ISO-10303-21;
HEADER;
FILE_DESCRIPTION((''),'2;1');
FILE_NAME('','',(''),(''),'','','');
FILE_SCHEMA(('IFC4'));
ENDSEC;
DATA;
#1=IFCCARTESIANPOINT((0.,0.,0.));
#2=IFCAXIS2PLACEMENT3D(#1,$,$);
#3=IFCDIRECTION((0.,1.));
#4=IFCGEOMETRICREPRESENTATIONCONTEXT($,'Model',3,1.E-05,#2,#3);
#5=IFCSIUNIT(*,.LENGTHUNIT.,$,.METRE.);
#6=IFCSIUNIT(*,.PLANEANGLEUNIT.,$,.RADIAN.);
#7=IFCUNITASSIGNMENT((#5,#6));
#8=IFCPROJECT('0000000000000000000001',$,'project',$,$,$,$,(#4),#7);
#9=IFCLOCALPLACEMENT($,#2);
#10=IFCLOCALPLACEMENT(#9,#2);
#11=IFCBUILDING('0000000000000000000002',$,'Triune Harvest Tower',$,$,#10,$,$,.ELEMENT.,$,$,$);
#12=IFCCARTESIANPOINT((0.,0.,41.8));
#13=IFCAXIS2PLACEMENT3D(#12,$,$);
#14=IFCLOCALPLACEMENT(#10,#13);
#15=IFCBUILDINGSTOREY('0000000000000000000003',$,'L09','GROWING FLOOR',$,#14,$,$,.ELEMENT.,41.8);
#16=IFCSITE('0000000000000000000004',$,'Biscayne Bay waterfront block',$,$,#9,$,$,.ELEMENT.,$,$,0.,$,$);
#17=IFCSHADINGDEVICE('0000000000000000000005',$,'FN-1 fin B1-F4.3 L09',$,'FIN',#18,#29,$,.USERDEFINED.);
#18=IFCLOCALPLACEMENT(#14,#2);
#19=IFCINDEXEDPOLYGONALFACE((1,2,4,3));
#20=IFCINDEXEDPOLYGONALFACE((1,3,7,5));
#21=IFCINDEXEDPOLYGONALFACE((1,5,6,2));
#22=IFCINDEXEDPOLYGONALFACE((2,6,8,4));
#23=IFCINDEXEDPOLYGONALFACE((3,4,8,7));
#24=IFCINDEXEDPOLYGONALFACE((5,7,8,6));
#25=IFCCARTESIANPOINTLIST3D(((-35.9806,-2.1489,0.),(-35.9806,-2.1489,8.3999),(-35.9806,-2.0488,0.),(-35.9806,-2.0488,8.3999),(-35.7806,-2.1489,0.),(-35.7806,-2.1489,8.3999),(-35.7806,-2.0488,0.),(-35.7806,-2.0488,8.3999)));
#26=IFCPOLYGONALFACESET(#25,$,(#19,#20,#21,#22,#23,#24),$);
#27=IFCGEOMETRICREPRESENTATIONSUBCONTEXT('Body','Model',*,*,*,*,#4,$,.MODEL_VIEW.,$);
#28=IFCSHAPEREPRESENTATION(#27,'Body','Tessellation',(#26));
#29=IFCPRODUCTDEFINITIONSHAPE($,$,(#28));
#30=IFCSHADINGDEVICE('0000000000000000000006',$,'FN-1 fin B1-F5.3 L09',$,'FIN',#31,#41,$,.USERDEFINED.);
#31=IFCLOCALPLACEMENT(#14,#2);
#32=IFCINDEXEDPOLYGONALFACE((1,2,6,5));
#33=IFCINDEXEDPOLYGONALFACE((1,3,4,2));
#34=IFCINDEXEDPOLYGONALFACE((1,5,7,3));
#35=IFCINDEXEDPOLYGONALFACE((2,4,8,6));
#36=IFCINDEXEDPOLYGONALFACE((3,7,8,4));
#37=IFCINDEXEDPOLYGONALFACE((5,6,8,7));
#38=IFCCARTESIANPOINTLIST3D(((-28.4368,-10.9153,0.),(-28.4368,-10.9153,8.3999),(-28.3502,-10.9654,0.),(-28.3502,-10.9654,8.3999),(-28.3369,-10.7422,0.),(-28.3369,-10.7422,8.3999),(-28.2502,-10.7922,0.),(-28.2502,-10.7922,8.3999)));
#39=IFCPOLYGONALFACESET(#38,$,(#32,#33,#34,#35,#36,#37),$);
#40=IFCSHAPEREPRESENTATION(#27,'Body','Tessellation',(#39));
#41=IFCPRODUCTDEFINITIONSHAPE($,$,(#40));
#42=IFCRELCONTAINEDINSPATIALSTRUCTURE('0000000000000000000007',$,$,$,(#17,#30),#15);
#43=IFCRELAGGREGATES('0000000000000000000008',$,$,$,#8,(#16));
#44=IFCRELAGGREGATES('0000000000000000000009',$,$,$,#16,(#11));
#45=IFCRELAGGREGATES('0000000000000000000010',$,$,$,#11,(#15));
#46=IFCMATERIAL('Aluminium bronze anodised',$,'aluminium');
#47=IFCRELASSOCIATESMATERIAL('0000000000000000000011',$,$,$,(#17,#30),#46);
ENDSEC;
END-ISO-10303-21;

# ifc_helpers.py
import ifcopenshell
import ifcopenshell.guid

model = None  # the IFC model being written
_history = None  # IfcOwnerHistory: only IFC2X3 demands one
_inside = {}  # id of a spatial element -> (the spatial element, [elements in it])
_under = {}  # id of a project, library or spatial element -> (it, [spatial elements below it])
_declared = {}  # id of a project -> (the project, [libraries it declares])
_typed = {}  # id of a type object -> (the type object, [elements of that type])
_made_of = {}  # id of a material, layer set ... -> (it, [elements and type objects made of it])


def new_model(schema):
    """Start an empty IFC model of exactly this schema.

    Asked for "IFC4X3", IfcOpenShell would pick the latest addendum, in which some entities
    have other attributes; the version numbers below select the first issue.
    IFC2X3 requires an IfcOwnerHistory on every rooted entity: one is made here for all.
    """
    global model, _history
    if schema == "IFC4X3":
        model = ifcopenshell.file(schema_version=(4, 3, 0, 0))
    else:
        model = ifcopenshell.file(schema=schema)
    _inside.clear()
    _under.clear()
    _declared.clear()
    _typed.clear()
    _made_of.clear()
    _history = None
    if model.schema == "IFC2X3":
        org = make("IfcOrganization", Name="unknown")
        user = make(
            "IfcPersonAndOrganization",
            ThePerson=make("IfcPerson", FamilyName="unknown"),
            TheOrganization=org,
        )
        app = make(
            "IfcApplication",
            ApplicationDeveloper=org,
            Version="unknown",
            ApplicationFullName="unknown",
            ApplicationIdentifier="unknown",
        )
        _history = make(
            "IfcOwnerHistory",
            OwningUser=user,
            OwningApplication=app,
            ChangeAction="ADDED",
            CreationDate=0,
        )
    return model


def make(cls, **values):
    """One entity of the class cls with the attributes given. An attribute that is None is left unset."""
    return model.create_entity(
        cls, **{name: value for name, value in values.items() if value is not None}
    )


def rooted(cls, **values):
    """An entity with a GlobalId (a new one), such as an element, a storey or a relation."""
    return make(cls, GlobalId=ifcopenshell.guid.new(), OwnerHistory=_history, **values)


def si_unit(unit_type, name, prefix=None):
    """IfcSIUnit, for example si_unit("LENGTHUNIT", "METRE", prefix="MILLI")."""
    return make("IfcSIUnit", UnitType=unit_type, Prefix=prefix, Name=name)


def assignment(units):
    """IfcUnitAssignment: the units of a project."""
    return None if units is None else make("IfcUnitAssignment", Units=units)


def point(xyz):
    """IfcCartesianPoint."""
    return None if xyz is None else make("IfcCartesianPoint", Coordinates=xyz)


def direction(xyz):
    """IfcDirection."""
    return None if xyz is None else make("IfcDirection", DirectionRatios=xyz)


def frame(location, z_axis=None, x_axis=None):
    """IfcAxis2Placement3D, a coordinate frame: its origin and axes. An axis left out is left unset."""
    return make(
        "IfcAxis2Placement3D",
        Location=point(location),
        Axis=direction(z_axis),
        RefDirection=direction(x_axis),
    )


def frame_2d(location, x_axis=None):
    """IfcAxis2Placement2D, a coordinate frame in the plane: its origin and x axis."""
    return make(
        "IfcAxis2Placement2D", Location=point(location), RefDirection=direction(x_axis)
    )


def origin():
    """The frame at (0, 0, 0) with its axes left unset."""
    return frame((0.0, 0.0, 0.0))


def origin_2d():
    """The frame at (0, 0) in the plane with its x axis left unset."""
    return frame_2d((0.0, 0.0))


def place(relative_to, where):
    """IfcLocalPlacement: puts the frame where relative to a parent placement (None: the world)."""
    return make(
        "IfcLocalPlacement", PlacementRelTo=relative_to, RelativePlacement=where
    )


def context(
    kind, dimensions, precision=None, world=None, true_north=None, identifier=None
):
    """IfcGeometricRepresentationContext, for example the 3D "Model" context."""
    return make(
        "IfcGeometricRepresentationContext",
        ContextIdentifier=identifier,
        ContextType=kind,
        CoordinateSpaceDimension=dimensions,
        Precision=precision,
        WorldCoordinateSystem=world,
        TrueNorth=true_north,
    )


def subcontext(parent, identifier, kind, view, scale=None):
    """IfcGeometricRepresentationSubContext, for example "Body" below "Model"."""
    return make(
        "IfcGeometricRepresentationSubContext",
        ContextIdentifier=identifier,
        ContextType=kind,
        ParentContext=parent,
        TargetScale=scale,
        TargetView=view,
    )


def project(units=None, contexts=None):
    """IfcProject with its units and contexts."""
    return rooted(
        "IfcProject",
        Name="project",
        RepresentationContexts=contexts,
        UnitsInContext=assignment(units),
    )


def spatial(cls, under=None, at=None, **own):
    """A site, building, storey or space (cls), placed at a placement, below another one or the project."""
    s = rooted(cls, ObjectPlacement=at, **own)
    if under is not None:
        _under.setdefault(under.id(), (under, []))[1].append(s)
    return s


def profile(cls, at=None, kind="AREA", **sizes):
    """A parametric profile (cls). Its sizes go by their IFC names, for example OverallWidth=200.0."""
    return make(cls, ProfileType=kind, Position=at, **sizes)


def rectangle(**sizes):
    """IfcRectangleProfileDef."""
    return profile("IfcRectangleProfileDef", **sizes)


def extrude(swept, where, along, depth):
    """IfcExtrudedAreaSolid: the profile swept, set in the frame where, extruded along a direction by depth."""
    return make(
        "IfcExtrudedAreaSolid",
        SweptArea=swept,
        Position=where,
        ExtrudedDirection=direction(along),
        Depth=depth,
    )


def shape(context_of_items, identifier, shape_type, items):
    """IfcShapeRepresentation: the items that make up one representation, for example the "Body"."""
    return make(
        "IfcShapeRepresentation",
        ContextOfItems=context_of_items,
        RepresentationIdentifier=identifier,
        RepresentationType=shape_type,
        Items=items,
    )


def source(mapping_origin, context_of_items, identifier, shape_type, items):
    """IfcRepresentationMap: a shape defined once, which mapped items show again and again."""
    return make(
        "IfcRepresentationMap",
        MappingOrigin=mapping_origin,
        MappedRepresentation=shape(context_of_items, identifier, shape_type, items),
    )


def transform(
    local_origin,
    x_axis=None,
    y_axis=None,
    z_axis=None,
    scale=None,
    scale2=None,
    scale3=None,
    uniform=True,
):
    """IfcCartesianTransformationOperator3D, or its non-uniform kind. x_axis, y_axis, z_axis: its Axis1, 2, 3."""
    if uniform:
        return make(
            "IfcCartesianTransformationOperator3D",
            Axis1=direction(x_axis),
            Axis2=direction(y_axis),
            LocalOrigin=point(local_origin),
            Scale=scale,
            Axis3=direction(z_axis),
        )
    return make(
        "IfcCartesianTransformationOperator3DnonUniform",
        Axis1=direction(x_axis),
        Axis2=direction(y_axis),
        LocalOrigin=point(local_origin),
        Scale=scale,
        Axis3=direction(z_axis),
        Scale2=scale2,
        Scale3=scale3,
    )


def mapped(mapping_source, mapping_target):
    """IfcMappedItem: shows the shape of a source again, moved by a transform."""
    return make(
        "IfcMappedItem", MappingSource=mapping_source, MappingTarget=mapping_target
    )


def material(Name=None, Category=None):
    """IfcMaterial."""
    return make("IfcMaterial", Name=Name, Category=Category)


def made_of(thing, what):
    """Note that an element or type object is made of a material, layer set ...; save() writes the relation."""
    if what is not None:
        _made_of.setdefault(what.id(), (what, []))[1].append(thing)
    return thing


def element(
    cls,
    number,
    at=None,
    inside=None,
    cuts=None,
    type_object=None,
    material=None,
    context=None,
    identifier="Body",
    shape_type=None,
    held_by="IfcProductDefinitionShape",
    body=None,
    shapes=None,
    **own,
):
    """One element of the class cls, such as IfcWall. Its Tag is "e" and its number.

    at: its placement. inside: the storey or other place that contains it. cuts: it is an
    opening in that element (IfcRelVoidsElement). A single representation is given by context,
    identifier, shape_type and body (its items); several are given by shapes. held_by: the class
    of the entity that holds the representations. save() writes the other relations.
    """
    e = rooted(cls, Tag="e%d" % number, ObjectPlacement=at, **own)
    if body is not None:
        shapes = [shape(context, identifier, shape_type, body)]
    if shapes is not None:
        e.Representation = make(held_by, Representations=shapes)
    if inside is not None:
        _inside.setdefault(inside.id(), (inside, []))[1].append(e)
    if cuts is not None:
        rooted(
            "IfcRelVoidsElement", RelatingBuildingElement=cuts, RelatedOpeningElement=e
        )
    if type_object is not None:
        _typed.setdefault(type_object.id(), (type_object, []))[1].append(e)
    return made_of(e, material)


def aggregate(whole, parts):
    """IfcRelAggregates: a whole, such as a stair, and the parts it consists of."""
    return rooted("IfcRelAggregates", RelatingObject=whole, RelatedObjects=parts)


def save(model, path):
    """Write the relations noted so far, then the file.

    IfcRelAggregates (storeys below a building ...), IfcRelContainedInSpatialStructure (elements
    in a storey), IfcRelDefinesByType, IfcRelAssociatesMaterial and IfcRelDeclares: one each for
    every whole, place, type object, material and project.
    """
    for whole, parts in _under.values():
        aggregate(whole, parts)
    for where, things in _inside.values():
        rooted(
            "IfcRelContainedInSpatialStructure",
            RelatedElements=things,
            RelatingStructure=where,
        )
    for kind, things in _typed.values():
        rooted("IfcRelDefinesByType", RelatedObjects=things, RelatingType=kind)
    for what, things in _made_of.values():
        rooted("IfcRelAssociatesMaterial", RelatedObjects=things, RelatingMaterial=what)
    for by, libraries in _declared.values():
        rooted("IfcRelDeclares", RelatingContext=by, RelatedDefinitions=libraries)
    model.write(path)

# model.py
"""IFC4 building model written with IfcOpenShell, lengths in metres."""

from ifc_helpers import new_model, si_unit, direction, frame, origin, origin_2d, place, context, subcontext, project, spatial, rectangle, extrude, source, transform, mapped, material, element, save


model = new_model("IFC4")

# Units and contexts
model_context = context("Model", 3, precision=1e-05, world=origin(), true_north=direction((0.0, 1.0)))
body_context = subcontext(model_context, "Body", "Model", "MODEL_VIEW")
ifc_project = project(units=[si_unit("LENGTHUNIT", "METRE"), si_unit("PLANEANGLEUNIT", "RADIAN")], contexts=[model_context])

# Site, building, storey
site_placement = place(None, origin())
site = spatial("IfcSite", under=ifc_project, at=site_placement, Name="Biscayne Bay waterfront block", CompositionType="ELEMENT", RefElevation=0.0)
building_placement = place(site_placement, origin())
building = spatial("IfcBuilding", under=site, at=building_placement, Name="Triune Harvest Tower", CompositionType="ELEMENT")
storey_placement = place(building_placement, frame((0.0, 0.0, 41.8)))
storey = spatial("IfcBuildingStorey", under=building, at=storey_placement, Name="L09", Description="GROWING FLOOR", CompositionType="ELEMENT", Elevation=41.8)

# Shading devices
ifc_material_1 = material(Name="Aluminium bronze anodised", Category="aluminium")
shared_shape_1 = source(origin(), body_context, "Body", "SweptSolid", [
    extrude(rectangle(XDim=0.1001, YDim=0.2, at=origin_2d()), origin(), (0.0, 0.0, 1.0), 8.3999),
])
for number, where, z_axis, x_axis, name in (
    (1, (-35.8806, -2.0989, 0.0), (0.0, 0.0, 1.0), (0.0, -1.0, 0.0), "FN-1 fin B1-F4.3 L09"),
    (2, (-28.3435, -10.8538, 0.0), (0.0, 0.0, 1.0), (0.866025, -0.5, 0.0), "FN-1 fin B1-F5.3 L09"),
):
    element("IfcShadingDevice", number, at=place(storey_placement, frame(where, z_axis=z_axis, x_axis=x_axis)), inside=storey, material=ifc_material_1, Name=name, ObjectType="FIN", PredefinedType="USERDEFINED", context=body_context, shape_type="MappedRepresentation", body=[
        mapped(shared_shape_1, transform((0.0, 0.0, 0.0), scale=1.0)),
    ])

save(model, "model.ifc")
